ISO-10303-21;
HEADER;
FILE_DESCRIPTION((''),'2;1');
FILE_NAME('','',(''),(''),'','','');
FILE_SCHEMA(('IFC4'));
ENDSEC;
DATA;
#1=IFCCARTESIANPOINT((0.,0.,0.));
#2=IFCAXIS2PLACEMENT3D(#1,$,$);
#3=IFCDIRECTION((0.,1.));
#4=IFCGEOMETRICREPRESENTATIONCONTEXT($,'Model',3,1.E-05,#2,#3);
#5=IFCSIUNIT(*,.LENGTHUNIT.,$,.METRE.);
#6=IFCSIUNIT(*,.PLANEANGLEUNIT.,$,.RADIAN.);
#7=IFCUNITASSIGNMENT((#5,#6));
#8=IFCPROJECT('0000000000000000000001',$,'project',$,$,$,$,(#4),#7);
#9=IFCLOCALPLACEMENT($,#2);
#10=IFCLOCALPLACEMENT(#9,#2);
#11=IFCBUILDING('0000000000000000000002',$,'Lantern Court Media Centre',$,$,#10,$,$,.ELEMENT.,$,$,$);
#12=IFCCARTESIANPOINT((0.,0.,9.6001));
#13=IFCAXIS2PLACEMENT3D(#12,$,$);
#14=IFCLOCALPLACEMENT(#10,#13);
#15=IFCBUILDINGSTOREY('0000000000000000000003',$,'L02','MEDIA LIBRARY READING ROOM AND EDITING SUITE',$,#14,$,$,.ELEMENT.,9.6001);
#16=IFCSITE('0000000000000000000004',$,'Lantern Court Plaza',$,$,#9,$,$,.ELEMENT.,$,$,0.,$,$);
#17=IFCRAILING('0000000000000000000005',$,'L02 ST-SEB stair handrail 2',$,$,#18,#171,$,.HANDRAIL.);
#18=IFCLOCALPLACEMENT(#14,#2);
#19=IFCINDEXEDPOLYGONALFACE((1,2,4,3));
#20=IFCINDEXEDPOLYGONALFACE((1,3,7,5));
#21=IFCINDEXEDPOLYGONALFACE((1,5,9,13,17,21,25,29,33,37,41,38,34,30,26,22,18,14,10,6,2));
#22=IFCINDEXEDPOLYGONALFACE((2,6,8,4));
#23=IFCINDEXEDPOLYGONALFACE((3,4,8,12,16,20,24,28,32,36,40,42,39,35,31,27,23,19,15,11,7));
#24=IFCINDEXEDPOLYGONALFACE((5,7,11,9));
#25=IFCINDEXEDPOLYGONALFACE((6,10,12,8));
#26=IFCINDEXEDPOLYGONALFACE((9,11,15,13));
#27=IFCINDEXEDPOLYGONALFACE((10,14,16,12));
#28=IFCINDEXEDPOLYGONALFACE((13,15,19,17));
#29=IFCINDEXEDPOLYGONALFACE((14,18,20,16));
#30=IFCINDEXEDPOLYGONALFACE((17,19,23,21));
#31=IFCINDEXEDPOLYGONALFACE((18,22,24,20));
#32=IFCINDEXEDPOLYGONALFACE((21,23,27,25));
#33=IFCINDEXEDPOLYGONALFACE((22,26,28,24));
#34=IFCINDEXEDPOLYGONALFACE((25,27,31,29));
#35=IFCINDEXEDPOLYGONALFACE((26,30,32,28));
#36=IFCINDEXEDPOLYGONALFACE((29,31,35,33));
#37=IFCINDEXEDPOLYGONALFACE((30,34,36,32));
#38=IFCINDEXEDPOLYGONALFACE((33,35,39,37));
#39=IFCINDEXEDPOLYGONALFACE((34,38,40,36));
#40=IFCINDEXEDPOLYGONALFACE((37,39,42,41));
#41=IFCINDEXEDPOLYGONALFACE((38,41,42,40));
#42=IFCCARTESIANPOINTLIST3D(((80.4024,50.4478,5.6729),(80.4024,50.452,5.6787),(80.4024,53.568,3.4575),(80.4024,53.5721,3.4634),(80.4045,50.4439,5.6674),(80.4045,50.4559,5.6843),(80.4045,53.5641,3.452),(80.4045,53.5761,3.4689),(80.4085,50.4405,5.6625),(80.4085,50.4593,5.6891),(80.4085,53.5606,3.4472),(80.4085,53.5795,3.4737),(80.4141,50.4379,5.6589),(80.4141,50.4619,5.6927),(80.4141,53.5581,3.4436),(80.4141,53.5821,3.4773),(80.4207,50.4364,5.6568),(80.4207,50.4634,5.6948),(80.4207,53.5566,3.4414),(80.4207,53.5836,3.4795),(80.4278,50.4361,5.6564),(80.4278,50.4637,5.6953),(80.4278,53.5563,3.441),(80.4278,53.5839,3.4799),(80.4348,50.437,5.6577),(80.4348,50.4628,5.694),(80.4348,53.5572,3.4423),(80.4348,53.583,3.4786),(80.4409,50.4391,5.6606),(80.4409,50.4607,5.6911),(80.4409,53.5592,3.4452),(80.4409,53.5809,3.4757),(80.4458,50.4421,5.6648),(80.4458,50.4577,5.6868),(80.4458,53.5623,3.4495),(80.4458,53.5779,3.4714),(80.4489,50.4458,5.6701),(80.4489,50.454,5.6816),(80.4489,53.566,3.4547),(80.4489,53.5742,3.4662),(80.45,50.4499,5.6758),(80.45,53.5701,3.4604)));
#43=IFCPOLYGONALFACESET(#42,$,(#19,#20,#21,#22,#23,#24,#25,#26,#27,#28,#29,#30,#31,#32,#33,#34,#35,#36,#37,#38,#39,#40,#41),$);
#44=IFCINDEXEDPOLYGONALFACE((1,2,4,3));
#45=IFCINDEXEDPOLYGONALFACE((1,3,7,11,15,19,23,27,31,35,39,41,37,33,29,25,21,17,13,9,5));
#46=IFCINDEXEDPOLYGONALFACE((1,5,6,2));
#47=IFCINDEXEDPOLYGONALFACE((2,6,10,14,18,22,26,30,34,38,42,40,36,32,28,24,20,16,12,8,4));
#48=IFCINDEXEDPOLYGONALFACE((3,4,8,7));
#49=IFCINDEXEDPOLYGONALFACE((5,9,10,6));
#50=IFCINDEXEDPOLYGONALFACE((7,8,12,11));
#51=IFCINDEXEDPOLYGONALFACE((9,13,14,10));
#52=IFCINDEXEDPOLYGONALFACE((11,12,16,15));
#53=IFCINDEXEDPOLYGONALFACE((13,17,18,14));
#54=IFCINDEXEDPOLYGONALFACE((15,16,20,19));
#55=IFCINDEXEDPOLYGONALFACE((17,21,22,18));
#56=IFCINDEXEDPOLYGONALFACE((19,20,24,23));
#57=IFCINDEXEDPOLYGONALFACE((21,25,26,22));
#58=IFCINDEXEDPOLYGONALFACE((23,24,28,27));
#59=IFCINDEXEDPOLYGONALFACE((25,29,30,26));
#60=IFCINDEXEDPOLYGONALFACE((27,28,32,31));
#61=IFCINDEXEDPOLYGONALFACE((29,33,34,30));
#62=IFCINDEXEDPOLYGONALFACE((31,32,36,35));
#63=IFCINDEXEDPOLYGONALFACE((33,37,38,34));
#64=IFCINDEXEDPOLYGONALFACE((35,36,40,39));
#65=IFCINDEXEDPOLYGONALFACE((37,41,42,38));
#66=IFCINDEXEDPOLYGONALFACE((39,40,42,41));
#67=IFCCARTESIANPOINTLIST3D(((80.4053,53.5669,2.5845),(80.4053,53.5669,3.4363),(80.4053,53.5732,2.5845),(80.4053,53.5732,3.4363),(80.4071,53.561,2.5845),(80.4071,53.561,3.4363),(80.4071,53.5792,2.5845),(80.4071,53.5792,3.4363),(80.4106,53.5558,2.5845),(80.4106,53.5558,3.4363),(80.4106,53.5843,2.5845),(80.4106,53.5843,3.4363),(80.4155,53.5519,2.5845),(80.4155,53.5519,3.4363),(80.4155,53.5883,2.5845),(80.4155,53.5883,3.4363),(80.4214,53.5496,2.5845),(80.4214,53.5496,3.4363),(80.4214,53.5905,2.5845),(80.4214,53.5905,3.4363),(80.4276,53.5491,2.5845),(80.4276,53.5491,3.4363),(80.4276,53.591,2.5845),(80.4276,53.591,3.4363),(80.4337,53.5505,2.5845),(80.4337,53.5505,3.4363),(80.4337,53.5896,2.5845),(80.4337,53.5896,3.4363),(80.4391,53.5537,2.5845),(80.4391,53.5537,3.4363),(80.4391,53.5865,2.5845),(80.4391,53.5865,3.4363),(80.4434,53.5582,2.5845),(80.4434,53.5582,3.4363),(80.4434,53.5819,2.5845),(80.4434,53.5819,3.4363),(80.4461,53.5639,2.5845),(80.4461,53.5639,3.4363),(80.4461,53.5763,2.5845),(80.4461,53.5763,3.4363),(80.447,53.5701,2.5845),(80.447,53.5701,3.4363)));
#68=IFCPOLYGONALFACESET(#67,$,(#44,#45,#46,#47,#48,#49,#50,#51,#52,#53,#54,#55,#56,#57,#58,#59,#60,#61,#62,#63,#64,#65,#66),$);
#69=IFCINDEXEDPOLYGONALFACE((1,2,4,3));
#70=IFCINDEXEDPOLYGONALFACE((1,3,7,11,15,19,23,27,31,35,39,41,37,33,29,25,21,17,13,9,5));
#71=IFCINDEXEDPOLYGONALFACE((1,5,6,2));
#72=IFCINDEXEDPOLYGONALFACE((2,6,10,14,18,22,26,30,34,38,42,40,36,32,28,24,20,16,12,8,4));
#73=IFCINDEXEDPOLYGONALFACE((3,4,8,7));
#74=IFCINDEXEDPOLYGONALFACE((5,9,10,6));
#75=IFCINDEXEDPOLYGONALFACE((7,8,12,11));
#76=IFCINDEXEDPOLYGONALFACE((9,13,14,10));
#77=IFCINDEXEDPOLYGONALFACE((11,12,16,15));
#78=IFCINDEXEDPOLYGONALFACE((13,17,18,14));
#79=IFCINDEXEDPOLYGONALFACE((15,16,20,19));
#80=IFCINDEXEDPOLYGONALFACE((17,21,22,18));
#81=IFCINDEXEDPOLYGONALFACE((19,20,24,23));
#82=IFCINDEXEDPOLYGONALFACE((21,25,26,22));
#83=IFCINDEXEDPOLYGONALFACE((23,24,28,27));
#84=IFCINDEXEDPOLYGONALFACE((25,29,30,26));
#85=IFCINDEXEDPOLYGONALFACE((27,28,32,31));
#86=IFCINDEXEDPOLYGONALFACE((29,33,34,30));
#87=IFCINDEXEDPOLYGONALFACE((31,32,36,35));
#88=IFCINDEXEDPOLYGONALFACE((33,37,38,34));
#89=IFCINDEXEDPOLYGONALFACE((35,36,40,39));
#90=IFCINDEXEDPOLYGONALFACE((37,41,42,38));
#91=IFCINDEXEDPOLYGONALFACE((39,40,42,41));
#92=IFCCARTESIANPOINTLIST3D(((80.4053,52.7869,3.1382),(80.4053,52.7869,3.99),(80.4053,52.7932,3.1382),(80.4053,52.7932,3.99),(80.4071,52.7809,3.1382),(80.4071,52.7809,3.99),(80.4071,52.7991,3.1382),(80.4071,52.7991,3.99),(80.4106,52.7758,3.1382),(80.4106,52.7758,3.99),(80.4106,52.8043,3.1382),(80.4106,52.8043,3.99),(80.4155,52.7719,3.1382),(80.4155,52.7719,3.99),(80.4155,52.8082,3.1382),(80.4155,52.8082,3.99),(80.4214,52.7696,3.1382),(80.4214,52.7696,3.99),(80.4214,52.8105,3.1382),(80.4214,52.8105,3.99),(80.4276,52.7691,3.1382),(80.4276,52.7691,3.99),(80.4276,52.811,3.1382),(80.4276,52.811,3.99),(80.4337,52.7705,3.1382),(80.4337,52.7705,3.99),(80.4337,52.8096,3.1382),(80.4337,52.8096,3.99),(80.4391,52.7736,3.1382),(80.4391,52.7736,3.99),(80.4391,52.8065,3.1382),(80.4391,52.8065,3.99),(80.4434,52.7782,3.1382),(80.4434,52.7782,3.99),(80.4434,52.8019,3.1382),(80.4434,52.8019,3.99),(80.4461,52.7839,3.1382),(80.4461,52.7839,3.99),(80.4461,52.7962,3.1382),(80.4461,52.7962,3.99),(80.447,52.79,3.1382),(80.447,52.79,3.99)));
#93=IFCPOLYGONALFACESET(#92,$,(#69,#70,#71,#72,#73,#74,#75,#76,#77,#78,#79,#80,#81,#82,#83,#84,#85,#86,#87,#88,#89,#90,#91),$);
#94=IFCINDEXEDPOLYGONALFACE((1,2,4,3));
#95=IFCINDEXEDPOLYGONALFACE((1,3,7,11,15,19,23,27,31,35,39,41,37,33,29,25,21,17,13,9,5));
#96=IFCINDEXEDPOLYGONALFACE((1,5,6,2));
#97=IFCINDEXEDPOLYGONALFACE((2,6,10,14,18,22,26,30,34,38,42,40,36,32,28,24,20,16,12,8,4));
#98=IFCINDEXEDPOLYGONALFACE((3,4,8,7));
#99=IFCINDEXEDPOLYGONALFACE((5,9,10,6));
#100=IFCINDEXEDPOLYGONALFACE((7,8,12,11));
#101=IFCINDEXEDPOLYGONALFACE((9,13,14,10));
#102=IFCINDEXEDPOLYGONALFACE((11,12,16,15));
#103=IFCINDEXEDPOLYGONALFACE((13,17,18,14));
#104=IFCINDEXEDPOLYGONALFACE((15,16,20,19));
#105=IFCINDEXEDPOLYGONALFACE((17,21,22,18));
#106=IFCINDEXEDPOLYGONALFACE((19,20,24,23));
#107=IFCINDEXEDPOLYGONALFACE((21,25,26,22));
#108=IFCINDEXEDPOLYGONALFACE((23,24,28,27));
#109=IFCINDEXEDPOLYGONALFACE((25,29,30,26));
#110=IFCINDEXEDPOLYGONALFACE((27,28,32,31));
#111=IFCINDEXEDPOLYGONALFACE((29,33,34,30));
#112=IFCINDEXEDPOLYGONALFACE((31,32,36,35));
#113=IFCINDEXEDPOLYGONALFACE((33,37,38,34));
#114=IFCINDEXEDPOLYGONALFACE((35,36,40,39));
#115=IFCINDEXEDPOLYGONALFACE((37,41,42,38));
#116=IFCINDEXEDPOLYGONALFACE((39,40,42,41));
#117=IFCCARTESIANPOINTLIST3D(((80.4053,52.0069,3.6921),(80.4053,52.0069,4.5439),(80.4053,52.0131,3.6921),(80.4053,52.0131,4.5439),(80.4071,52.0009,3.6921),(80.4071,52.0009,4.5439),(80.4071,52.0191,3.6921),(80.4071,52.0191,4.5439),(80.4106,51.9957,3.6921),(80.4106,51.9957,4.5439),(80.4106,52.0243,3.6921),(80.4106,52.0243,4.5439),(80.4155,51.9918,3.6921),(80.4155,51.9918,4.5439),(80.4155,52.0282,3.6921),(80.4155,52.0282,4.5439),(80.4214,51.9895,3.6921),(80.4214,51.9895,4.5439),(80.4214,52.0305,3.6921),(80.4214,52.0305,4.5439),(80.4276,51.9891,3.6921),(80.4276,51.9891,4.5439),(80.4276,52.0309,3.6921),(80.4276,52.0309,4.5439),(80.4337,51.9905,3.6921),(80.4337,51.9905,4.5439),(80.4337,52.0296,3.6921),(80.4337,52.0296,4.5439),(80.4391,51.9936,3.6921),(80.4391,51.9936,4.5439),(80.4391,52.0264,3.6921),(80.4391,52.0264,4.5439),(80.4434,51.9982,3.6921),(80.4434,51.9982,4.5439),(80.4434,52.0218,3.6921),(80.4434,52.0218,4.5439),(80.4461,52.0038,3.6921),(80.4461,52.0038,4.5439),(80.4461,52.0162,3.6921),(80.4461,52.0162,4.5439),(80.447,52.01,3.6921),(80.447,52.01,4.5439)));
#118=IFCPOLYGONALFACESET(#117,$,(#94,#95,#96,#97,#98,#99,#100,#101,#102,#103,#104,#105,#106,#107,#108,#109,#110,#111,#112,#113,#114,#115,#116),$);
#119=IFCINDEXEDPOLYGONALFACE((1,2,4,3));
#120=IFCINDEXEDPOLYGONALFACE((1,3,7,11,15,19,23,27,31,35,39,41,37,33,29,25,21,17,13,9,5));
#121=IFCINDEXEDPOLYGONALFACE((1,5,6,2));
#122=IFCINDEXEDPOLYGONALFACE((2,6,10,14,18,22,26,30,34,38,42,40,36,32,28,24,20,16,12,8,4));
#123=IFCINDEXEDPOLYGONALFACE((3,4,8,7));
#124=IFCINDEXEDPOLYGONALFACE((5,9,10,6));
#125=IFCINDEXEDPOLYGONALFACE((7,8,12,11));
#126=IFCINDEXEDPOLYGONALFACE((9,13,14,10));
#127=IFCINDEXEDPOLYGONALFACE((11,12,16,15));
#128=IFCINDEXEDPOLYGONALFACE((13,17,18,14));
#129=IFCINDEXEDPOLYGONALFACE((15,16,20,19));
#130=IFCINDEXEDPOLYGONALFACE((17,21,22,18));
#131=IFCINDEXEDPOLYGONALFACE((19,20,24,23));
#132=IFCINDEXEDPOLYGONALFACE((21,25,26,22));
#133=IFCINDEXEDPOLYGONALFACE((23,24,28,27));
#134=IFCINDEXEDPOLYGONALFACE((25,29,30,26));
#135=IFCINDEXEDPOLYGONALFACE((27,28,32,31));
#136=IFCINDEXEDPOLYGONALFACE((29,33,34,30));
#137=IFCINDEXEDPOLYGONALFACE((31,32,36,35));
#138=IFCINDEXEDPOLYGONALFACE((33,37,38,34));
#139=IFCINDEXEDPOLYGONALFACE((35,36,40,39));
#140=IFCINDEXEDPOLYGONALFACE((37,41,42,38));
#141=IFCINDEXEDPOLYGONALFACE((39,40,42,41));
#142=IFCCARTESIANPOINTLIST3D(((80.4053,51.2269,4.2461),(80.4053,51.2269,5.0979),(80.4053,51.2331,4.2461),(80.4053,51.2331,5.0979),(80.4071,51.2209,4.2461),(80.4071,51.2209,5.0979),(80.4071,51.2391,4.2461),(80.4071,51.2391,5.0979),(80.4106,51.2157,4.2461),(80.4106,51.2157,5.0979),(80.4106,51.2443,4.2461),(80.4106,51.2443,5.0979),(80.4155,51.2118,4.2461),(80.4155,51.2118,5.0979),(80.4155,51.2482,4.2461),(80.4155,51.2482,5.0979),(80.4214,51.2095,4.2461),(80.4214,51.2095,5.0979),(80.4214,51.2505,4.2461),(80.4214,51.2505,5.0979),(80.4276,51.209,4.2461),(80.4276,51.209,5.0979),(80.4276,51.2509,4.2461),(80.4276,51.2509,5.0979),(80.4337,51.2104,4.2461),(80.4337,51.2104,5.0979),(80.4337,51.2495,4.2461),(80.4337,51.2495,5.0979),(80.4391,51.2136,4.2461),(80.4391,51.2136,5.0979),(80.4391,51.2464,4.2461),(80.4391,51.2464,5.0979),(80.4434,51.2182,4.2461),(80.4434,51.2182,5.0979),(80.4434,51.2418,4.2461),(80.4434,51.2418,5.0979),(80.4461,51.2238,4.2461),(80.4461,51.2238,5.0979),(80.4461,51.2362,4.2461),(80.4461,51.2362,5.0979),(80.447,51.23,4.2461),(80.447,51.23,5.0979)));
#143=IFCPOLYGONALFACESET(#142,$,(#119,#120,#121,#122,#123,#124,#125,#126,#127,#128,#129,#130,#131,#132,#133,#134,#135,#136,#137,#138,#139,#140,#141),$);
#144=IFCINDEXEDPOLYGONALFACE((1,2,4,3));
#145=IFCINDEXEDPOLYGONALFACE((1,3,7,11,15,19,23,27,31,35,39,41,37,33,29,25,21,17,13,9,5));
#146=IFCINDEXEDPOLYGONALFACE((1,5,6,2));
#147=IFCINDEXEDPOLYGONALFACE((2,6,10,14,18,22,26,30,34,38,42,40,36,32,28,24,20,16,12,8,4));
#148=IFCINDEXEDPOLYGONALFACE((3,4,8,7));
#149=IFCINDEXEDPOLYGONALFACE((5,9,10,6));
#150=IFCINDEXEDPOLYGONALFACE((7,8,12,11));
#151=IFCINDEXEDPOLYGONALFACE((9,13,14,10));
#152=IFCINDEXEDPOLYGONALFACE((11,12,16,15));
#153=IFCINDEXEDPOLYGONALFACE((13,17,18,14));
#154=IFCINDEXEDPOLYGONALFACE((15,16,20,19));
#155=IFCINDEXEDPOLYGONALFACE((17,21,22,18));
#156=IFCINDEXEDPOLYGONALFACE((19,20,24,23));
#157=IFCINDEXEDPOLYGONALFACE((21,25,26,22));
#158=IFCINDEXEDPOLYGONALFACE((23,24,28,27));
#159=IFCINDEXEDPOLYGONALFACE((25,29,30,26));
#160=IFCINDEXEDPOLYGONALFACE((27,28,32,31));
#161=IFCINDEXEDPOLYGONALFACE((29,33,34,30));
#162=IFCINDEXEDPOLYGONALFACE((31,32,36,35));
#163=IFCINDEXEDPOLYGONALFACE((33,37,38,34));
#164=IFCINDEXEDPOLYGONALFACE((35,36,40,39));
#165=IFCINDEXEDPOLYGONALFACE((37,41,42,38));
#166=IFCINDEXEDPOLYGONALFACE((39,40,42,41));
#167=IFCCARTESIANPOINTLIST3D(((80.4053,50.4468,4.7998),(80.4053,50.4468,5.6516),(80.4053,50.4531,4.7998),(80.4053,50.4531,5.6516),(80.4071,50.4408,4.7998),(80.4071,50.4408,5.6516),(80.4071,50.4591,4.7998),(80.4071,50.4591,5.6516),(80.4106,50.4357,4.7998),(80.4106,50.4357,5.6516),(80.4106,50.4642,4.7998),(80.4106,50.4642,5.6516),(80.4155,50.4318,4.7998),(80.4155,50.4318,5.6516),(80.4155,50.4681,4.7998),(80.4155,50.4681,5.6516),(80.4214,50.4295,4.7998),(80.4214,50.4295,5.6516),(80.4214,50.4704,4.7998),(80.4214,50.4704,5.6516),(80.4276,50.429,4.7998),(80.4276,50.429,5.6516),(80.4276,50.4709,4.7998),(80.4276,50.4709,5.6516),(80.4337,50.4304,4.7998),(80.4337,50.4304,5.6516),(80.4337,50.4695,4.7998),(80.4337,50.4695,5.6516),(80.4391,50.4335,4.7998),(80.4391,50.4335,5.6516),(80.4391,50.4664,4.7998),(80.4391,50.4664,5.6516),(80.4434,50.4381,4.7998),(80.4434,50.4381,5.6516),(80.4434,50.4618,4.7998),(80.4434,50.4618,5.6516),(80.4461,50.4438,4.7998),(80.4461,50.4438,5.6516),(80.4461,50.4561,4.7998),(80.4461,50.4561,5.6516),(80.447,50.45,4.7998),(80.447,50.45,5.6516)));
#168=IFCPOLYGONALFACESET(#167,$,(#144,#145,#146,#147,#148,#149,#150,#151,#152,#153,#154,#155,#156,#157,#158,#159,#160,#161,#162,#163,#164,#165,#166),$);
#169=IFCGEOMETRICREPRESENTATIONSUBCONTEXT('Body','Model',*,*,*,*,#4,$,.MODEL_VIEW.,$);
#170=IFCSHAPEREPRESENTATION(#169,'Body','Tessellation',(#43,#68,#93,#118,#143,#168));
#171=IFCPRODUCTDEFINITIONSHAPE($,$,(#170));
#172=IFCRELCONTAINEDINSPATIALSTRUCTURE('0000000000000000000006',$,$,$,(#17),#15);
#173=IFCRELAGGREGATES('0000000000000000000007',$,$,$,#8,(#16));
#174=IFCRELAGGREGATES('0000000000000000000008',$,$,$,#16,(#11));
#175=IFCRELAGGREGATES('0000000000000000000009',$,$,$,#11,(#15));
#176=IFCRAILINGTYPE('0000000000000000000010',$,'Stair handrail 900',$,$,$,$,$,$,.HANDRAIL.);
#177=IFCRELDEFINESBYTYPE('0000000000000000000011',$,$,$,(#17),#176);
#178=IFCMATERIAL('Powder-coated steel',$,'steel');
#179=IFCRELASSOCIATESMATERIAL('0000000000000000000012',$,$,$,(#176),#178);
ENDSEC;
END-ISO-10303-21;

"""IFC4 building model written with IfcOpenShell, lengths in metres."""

from ifc_helpers import new_model, si_unit, direction, frame, origin, origin_2d, place, context, subcontext, project, spatial, circle, extrude, material, type_object, element, save


model = new_model("IFC4")

# Units and contexts
model_context = context("Model", 3, precision=1e-05, world=origin(), true_north=direction((0.0, 1.0)))
body_context = subcontext(model_context, "Body", "Model", "MODEL_VIEW")
ifc_project = project(units=[si_unit("LENGTHUNIT", "METRE"), si_unit("PLANEANGLEUNIT", "RADIAN")], contexts=[model_context])

# Site, building, storey
site_placement = place(None, origin())
site = spatial("IfcSite", under=ifc_project, at=site_placement, Name="Lantern Court Plaza", CompositionType="ELEMENT", RefElevation=0.0)
building_placement = place(site_placement, origin())
building = spatial("IfcBuilding", under=site, at=building_placement, Name="Lantern Court Media Centre", CompositionType="ELEMENT")
storey_placement = place(building_placement, frame((0.0, 0.0, 9.6001)))
storey = spatial("IfcBuildingStorey", under=building, at=storey_placement, Name="L02", Description="MEDIA LIBRARY READING ROOM AND EDITING SUITE", CompositionType="ELEMENT", Elevation=9.6001)

# Shared definitions
ifc_material_1 = material(Name="Powder-coated steel", Category="steel")

# Railing
railing_type_1 = type_object("IfcRailingType", Name="Stair handrail 900", PredefinedType="HANDRAIL", material=ifc_material_1)
railing_1_placement = place(storey_placement, frame((80.426, 53.5701, 2.5845)))
element("IfcRailing", 1, at=railing_1_placement, inside=storey, type_object=railing_type_1, Name="L02 ST-SEB stair handrail 2", PredefinedType="HANDRAIL", context=body_context, shape_type="SweptSolid", body=[
    extrude(circle(Radius=0.0239, at=origin_2d()), frame((0.0, 0.0, 0.876), z_axis=(0.0, -0.815377, 0.57893), x_axis=(1.0, 0.0, 0.0)), (0.0, 0.0, 1.0), 3.8267),
    extrude(circle(Radius=0.021, at=origin_2d()), origin(), (0.0, 0.0, 1.0), 0.8518),
    extrude(circle(Radius=0.021, at=origin_2d()), frame((0.0, -0.78, 0.5537)), (0.0, 0.0, 1.0), 0.8518),
    extrude(circle(Radius=0.021, at=origin_2d()), frame((0.0, -1.5601, 1.1077)), (0.0, 0.0, 1.0), 0.8518),
    extrude(circle(Radius=0.021, at=origin_2d()), frame((0.0, -2.3401, 1.6616)), (0.0, 0.0, 1.0), 0.8518),
    extrude(circle(Radius=0.021, at=origin_2d()), frame((0.0, -3.1201, 2.2153)), (0.0, 0.0, 1.0), 0.8518),
])

save(model, "model.ifc")
